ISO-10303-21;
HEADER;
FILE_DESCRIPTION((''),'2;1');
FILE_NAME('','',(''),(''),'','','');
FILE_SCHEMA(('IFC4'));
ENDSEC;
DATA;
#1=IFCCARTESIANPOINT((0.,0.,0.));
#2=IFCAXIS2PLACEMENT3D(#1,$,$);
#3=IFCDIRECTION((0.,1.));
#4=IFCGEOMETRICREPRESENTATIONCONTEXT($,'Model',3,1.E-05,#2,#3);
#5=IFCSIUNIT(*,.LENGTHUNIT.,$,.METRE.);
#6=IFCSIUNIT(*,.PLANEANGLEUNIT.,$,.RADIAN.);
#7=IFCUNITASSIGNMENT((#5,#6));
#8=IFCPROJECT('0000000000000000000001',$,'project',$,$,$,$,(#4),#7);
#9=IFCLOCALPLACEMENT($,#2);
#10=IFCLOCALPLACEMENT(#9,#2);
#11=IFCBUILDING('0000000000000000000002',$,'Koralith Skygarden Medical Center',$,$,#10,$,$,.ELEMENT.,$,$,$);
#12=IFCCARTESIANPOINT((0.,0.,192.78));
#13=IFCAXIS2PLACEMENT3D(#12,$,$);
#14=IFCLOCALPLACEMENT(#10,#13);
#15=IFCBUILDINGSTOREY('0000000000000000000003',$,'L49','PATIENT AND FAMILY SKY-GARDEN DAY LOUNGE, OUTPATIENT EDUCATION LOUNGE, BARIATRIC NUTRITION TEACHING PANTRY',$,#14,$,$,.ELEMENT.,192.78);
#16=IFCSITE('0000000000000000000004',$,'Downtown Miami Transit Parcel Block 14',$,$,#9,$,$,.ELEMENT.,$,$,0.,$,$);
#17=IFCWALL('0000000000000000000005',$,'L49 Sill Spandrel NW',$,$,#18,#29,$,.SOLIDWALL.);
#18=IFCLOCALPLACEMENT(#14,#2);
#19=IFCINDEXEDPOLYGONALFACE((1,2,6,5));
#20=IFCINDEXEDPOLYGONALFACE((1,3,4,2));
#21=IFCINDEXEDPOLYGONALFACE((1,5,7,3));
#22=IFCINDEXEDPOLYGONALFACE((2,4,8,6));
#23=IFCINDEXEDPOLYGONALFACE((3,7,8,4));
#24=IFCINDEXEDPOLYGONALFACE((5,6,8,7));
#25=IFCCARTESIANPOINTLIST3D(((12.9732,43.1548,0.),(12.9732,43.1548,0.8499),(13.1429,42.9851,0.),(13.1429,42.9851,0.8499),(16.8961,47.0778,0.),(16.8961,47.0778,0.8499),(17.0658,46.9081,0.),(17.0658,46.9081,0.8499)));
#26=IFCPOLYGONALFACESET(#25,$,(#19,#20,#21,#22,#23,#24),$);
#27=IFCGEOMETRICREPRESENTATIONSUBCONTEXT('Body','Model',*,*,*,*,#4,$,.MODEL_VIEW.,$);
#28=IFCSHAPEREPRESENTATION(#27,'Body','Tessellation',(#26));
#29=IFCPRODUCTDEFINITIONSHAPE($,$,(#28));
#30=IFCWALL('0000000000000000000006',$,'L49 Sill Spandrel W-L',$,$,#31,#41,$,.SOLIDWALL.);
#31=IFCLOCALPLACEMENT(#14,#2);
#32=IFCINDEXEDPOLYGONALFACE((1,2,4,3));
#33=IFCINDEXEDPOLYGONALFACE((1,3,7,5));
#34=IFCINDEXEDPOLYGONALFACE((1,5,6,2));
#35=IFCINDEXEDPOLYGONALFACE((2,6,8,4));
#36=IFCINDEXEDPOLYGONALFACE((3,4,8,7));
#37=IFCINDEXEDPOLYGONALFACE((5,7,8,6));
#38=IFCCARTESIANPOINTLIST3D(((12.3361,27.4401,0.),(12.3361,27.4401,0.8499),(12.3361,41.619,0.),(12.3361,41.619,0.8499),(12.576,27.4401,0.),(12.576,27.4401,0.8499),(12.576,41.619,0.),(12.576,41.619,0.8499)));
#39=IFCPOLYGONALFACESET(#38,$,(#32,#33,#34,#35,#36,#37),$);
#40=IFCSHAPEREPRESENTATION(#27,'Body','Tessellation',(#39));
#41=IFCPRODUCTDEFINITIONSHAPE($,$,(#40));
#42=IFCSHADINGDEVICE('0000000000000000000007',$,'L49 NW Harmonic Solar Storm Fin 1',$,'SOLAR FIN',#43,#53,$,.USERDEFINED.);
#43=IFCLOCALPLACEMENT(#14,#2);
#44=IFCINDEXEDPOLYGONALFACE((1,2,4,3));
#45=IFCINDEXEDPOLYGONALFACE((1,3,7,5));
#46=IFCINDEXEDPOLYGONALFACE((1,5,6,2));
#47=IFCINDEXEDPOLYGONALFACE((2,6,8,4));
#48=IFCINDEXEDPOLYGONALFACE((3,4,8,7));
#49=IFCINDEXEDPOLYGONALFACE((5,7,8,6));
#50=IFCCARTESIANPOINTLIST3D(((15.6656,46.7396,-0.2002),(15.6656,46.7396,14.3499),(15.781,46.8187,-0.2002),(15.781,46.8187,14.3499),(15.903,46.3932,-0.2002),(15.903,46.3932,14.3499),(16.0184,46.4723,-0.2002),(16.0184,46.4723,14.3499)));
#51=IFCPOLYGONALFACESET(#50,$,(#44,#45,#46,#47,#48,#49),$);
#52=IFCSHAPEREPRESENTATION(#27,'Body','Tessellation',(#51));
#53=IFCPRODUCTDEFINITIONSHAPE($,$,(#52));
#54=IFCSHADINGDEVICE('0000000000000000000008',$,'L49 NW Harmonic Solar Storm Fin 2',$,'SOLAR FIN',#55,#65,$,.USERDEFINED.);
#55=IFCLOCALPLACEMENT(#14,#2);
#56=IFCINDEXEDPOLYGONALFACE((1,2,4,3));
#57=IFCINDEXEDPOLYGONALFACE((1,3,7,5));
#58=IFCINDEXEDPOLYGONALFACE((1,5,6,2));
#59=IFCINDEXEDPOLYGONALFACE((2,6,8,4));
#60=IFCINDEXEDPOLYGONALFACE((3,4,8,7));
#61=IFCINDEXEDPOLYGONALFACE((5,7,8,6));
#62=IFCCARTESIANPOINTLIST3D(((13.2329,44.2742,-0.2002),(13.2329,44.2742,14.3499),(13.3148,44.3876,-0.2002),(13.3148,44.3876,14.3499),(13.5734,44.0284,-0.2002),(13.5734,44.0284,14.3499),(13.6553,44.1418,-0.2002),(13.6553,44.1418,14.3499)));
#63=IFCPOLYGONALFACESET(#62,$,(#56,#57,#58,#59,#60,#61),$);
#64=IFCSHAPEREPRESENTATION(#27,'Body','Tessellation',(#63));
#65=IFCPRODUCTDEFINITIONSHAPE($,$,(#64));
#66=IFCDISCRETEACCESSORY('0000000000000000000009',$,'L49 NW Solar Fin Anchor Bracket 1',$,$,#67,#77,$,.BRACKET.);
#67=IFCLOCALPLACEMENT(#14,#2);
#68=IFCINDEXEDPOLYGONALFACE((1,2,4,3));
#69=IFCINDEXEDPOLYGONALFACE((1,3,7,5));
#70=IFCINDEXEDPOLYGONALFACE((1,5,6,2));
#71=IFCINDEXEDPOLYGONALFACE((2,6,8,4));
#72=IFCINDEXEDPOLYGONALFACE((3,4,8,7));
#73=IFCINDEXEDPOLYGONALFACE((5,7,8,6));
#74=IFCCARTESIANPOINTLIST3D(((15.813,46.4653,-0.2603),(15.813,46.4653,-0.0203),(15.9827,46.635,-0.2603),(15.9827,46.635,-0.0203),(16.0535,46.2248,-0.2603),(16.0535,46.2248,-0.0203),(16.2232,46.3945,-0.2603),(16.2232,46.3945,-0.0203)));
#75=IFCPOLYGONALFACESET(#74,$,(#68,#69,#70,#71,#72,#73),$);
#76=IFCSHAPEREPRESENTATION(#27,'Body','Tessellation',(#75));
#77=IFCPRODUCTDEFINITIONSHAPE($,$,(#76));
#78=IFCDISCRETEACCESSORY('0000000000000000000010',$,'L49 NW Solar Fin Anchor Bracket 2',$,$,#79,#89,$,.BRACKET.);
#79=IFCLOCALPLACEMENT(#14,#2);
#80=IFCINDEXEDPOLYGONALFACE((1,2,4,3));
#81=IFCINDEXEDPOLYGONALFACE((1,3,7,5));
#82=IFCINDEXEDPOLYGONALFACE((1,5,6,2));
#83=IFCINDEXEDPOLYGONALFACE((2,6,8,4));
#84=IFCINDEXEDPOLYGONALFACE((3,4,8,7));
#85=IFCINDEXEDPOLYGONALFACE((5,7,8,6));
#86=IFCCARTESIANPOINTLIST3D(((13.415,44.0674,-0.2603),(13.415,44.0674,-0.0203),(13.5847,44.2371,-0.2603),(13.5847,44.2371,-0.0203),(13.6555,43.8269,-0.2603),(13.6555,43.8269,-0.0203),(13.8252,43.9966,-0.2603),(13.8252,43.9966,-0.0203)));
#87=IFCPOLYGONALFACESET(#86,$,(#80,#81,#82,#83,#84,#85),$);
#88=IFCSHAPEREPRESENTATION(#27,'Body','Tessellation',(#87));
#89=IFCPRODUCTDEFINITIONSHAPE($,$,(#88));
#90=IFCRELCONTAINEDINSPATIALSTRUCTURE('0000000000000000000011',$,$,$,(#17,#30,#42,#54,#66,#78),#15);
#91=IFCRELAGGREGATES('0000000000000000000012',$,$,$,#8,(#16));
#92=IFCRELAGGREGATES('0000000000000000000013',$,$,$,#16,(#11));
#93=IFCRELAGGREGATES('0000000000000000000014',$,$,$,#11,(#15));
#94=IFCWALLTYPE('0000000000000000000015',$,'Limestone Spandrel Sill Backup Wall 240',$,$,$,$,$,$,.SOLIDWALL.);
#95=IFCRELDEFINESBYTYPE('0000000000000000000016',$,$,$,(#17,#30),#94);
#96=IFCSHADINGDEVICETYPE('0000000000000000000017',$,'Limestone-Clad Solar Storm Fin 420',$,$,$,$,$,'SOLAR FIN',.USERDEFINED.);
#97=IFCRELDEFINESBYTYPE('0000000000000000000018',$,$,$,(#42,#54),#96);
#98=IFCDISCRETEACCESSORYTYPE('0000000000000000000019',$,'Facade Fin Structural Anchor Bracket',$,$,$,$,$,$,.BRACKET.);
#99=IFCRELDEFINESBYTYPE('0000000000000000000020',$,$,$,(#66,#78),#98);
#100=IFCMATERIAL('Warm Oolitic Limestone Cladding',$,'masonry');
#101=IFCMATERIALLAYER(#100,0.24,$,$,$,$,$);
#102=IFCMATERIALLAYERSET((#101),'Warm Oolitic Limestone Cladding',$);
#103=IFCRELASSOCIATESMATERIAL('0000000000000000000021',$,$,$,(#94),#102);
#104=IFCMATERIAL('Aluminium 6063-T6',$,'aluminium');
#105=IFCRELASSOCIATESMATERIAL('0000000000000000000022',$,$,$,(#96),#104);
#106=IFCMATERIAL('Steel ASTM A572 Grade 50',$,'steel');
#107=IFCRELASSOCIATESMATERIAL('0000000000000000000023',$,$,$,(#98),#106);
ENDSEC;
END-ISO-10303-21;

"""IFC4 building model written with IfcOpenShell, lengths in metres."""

from ifc_helpers import new_model, si_unit, direction, frame, frame_2d, origin, origin_2d, place, context, subcontext, project, spatial, rectangle, extrude, material, layer, layer_set, type_object, element, save


model = new_model("IFC4")

# Units and contexts
model_context = context("Model", 3, precision=1e-05, world=origin(), true_north=direction((0.0, 1.0)))
body_context = subcontext(model_context, "Body", "Model", "MODEL_VIEW")
ifc_project = project(units=[si_unit("LENGTHUNIT", "METRE"), si_unit("PLANEANGLEUNIT", "RADIAN")], contexts=[model_context])

# Site, building, storey
site_placement = place(None, origin())
site = spatial("IfcSite", under=ifc_project, at=site_placement, Name="Downtown Miami Transit Parcel Block 14", CompositionType="ELEMENT", RefElevation=0.0)
building_placement = place(site_placement, origin())
building = spatial("IfcBuilding", under=site, at=building_placement, Name="Koralith Skygarden Medical Center", CompositionType="ELEMENT")
storey_placement = place(building_placement, frame((0.0, 0.0, 192.78)))
storey = spatial("IfcBuildingStorey", under=building, at=storey_placement, Name="L49", Description="PATIENT AND FAMILY SKY-GARDEN DAY LOUNGE, OUTPATIENT EDUCATION LOUNGE, BARIATRIC NUTRITION TEACHING PANTRY", CompositionType="ELEMENT", Elevation=192.78)

# Shared definitions
ifc_material_1 = material(Name="Aluminium 6063-T6", Category="aluminium")

# Shared definitions
ifc_material_2 = material(Name="Warm Oolitic Limestone Cladding", Category="masonry")

# Walls
ifc_layer_1 = layer(ifc_material_2, 0.24)
ifc_layer_set_1 = layer_set([ifc_layer_1], Name="Warm Oolitic Limestone Cladding")
wall_type = type_object("IfcWallType", Name="Limestone Spandrel Sill Backup Wall 240", PredefinedType="SOLIDWALL", material=ifc_layer_set_1)
wall_1_placement = place(storey_placement, frame((16.981, 46.9929, 0.0), z_axis=(0.0, 0.0, 1.0), x_axis=(-0.707107, -0.707107, 0.0)))
element("IfcWall", 1, at=wall_1_placement, inside=storey, type_object=wall_type, Name="L49 Sill Spandrel NW", PredefinedType="SOLIDWALL", context=body_context, shape_type="SweptSolid", body=[
    extrude(rectangle(XDim=5.5479, YDim=0.24, at=frame_2d((2.7739, 0.0))), origin(), (0.0, 0.0, 1.0), 0.8499),
])
wall_2_placement = place(storey_placement, frame((12.4561, 41.6189, 0.0), z_axis=(0.0, 0.0, 1.0), x_axis=(0.0, -1.0, 0.0)))
element("IfcWall", 2, at=wall_2_placement, inside=storey, type_object=wall_type, Name="L49 Sill Spandrel W-L", PredefinedType="SOLIDWALL", context=body_context, shape_type="SweptSolid", body=[
    extrude(rectangle(XDim=14.179, YDim=0.24, at=frame_2d((7.0894, 0.0))), origin(), (0.0, 0.0, 1.0), 0.8499),
])

# Shading devices
shading_device_type = type_object("IfcShadingDeviceType", Name="Limestone-Clad Solar Storm Fin 420", ElementType="SOLAR FIN", PredefinedType="USERDEFINED", material=ifc_material_1)
for number, where, z_axis, x_axis, name in (
    (3, (15.842, 46.606, -0.2002), (0.0, 0.0, 1.0), (-0.565341, 0.824857, 0.0), "L49 NW Harmonic Solar Storm Fin 1"),
    (4, (13.4441, 44.208, -0.2002), (0.0, 0.0, 1.0), (-0.810727, 0.585425, 0.0), "L49 NW Harmonic Solar Storm Fin 2"),
):
    element("IfcShadingDevice", number, at=place(storey_placement, frame(where, z_axis=z_axis, x_axis=x_axis)), inside=storey, type_object=shading_device_type, Name=name, ObjectType="SOLAR FIN", PredefinedType="USERDEFINED", context=body_context, shape_type="SweptSolid", body=[
        extrude(rectangle(XDim=0.4199, YDim=0.1399, at=origin_2d()), origin(), (0.0, 0.0, 1.0), 14.55),
    ])

# Discrete accessories
ifc_material_3 = material(Name="Steel ASTM A572 Grade 50", Category="steel")
discrete_accessory_type = type_object("IfcDiscreteAccessoryType", Name="Facade Fin Structural Anchor Bracket", PredefinedType="BRACKET", material=ifc_material_3)
for number, where, z_axis, x_axis, name in (
    (5, (16.0181, 46.4299, -0.2603), (0.0, 0.0, 1.0), (-0.707107, 0.707107, 0.0), "L49 NW Solar Fin Anchor Bracket 1"),
    (6, (13.6201, 44.032, -0.2603), (0.0, 0.0, 1.0), (-0.707107, 0.707107, 0.0), "L49 NW Solar Fin Anchor Bracket 2"),
):
    element("IfcDiscreteAccessory", number, at=place(storey_placement, frame(where, z_axis=z_axis, x_axis=x_axis)), inside=storey, type_object=discrete_accessory_type, Name=name, PredefinedType="BRACKET", context=body_context, shape_type="SweptSolid", body=[
        extrude(rectangle(XDim=0.3401, YDim=0.24, at=origin_2d()), origin(), (0.0, 0.0, 1.0), 0.24),
    ])

save(model, "model.ifc")
